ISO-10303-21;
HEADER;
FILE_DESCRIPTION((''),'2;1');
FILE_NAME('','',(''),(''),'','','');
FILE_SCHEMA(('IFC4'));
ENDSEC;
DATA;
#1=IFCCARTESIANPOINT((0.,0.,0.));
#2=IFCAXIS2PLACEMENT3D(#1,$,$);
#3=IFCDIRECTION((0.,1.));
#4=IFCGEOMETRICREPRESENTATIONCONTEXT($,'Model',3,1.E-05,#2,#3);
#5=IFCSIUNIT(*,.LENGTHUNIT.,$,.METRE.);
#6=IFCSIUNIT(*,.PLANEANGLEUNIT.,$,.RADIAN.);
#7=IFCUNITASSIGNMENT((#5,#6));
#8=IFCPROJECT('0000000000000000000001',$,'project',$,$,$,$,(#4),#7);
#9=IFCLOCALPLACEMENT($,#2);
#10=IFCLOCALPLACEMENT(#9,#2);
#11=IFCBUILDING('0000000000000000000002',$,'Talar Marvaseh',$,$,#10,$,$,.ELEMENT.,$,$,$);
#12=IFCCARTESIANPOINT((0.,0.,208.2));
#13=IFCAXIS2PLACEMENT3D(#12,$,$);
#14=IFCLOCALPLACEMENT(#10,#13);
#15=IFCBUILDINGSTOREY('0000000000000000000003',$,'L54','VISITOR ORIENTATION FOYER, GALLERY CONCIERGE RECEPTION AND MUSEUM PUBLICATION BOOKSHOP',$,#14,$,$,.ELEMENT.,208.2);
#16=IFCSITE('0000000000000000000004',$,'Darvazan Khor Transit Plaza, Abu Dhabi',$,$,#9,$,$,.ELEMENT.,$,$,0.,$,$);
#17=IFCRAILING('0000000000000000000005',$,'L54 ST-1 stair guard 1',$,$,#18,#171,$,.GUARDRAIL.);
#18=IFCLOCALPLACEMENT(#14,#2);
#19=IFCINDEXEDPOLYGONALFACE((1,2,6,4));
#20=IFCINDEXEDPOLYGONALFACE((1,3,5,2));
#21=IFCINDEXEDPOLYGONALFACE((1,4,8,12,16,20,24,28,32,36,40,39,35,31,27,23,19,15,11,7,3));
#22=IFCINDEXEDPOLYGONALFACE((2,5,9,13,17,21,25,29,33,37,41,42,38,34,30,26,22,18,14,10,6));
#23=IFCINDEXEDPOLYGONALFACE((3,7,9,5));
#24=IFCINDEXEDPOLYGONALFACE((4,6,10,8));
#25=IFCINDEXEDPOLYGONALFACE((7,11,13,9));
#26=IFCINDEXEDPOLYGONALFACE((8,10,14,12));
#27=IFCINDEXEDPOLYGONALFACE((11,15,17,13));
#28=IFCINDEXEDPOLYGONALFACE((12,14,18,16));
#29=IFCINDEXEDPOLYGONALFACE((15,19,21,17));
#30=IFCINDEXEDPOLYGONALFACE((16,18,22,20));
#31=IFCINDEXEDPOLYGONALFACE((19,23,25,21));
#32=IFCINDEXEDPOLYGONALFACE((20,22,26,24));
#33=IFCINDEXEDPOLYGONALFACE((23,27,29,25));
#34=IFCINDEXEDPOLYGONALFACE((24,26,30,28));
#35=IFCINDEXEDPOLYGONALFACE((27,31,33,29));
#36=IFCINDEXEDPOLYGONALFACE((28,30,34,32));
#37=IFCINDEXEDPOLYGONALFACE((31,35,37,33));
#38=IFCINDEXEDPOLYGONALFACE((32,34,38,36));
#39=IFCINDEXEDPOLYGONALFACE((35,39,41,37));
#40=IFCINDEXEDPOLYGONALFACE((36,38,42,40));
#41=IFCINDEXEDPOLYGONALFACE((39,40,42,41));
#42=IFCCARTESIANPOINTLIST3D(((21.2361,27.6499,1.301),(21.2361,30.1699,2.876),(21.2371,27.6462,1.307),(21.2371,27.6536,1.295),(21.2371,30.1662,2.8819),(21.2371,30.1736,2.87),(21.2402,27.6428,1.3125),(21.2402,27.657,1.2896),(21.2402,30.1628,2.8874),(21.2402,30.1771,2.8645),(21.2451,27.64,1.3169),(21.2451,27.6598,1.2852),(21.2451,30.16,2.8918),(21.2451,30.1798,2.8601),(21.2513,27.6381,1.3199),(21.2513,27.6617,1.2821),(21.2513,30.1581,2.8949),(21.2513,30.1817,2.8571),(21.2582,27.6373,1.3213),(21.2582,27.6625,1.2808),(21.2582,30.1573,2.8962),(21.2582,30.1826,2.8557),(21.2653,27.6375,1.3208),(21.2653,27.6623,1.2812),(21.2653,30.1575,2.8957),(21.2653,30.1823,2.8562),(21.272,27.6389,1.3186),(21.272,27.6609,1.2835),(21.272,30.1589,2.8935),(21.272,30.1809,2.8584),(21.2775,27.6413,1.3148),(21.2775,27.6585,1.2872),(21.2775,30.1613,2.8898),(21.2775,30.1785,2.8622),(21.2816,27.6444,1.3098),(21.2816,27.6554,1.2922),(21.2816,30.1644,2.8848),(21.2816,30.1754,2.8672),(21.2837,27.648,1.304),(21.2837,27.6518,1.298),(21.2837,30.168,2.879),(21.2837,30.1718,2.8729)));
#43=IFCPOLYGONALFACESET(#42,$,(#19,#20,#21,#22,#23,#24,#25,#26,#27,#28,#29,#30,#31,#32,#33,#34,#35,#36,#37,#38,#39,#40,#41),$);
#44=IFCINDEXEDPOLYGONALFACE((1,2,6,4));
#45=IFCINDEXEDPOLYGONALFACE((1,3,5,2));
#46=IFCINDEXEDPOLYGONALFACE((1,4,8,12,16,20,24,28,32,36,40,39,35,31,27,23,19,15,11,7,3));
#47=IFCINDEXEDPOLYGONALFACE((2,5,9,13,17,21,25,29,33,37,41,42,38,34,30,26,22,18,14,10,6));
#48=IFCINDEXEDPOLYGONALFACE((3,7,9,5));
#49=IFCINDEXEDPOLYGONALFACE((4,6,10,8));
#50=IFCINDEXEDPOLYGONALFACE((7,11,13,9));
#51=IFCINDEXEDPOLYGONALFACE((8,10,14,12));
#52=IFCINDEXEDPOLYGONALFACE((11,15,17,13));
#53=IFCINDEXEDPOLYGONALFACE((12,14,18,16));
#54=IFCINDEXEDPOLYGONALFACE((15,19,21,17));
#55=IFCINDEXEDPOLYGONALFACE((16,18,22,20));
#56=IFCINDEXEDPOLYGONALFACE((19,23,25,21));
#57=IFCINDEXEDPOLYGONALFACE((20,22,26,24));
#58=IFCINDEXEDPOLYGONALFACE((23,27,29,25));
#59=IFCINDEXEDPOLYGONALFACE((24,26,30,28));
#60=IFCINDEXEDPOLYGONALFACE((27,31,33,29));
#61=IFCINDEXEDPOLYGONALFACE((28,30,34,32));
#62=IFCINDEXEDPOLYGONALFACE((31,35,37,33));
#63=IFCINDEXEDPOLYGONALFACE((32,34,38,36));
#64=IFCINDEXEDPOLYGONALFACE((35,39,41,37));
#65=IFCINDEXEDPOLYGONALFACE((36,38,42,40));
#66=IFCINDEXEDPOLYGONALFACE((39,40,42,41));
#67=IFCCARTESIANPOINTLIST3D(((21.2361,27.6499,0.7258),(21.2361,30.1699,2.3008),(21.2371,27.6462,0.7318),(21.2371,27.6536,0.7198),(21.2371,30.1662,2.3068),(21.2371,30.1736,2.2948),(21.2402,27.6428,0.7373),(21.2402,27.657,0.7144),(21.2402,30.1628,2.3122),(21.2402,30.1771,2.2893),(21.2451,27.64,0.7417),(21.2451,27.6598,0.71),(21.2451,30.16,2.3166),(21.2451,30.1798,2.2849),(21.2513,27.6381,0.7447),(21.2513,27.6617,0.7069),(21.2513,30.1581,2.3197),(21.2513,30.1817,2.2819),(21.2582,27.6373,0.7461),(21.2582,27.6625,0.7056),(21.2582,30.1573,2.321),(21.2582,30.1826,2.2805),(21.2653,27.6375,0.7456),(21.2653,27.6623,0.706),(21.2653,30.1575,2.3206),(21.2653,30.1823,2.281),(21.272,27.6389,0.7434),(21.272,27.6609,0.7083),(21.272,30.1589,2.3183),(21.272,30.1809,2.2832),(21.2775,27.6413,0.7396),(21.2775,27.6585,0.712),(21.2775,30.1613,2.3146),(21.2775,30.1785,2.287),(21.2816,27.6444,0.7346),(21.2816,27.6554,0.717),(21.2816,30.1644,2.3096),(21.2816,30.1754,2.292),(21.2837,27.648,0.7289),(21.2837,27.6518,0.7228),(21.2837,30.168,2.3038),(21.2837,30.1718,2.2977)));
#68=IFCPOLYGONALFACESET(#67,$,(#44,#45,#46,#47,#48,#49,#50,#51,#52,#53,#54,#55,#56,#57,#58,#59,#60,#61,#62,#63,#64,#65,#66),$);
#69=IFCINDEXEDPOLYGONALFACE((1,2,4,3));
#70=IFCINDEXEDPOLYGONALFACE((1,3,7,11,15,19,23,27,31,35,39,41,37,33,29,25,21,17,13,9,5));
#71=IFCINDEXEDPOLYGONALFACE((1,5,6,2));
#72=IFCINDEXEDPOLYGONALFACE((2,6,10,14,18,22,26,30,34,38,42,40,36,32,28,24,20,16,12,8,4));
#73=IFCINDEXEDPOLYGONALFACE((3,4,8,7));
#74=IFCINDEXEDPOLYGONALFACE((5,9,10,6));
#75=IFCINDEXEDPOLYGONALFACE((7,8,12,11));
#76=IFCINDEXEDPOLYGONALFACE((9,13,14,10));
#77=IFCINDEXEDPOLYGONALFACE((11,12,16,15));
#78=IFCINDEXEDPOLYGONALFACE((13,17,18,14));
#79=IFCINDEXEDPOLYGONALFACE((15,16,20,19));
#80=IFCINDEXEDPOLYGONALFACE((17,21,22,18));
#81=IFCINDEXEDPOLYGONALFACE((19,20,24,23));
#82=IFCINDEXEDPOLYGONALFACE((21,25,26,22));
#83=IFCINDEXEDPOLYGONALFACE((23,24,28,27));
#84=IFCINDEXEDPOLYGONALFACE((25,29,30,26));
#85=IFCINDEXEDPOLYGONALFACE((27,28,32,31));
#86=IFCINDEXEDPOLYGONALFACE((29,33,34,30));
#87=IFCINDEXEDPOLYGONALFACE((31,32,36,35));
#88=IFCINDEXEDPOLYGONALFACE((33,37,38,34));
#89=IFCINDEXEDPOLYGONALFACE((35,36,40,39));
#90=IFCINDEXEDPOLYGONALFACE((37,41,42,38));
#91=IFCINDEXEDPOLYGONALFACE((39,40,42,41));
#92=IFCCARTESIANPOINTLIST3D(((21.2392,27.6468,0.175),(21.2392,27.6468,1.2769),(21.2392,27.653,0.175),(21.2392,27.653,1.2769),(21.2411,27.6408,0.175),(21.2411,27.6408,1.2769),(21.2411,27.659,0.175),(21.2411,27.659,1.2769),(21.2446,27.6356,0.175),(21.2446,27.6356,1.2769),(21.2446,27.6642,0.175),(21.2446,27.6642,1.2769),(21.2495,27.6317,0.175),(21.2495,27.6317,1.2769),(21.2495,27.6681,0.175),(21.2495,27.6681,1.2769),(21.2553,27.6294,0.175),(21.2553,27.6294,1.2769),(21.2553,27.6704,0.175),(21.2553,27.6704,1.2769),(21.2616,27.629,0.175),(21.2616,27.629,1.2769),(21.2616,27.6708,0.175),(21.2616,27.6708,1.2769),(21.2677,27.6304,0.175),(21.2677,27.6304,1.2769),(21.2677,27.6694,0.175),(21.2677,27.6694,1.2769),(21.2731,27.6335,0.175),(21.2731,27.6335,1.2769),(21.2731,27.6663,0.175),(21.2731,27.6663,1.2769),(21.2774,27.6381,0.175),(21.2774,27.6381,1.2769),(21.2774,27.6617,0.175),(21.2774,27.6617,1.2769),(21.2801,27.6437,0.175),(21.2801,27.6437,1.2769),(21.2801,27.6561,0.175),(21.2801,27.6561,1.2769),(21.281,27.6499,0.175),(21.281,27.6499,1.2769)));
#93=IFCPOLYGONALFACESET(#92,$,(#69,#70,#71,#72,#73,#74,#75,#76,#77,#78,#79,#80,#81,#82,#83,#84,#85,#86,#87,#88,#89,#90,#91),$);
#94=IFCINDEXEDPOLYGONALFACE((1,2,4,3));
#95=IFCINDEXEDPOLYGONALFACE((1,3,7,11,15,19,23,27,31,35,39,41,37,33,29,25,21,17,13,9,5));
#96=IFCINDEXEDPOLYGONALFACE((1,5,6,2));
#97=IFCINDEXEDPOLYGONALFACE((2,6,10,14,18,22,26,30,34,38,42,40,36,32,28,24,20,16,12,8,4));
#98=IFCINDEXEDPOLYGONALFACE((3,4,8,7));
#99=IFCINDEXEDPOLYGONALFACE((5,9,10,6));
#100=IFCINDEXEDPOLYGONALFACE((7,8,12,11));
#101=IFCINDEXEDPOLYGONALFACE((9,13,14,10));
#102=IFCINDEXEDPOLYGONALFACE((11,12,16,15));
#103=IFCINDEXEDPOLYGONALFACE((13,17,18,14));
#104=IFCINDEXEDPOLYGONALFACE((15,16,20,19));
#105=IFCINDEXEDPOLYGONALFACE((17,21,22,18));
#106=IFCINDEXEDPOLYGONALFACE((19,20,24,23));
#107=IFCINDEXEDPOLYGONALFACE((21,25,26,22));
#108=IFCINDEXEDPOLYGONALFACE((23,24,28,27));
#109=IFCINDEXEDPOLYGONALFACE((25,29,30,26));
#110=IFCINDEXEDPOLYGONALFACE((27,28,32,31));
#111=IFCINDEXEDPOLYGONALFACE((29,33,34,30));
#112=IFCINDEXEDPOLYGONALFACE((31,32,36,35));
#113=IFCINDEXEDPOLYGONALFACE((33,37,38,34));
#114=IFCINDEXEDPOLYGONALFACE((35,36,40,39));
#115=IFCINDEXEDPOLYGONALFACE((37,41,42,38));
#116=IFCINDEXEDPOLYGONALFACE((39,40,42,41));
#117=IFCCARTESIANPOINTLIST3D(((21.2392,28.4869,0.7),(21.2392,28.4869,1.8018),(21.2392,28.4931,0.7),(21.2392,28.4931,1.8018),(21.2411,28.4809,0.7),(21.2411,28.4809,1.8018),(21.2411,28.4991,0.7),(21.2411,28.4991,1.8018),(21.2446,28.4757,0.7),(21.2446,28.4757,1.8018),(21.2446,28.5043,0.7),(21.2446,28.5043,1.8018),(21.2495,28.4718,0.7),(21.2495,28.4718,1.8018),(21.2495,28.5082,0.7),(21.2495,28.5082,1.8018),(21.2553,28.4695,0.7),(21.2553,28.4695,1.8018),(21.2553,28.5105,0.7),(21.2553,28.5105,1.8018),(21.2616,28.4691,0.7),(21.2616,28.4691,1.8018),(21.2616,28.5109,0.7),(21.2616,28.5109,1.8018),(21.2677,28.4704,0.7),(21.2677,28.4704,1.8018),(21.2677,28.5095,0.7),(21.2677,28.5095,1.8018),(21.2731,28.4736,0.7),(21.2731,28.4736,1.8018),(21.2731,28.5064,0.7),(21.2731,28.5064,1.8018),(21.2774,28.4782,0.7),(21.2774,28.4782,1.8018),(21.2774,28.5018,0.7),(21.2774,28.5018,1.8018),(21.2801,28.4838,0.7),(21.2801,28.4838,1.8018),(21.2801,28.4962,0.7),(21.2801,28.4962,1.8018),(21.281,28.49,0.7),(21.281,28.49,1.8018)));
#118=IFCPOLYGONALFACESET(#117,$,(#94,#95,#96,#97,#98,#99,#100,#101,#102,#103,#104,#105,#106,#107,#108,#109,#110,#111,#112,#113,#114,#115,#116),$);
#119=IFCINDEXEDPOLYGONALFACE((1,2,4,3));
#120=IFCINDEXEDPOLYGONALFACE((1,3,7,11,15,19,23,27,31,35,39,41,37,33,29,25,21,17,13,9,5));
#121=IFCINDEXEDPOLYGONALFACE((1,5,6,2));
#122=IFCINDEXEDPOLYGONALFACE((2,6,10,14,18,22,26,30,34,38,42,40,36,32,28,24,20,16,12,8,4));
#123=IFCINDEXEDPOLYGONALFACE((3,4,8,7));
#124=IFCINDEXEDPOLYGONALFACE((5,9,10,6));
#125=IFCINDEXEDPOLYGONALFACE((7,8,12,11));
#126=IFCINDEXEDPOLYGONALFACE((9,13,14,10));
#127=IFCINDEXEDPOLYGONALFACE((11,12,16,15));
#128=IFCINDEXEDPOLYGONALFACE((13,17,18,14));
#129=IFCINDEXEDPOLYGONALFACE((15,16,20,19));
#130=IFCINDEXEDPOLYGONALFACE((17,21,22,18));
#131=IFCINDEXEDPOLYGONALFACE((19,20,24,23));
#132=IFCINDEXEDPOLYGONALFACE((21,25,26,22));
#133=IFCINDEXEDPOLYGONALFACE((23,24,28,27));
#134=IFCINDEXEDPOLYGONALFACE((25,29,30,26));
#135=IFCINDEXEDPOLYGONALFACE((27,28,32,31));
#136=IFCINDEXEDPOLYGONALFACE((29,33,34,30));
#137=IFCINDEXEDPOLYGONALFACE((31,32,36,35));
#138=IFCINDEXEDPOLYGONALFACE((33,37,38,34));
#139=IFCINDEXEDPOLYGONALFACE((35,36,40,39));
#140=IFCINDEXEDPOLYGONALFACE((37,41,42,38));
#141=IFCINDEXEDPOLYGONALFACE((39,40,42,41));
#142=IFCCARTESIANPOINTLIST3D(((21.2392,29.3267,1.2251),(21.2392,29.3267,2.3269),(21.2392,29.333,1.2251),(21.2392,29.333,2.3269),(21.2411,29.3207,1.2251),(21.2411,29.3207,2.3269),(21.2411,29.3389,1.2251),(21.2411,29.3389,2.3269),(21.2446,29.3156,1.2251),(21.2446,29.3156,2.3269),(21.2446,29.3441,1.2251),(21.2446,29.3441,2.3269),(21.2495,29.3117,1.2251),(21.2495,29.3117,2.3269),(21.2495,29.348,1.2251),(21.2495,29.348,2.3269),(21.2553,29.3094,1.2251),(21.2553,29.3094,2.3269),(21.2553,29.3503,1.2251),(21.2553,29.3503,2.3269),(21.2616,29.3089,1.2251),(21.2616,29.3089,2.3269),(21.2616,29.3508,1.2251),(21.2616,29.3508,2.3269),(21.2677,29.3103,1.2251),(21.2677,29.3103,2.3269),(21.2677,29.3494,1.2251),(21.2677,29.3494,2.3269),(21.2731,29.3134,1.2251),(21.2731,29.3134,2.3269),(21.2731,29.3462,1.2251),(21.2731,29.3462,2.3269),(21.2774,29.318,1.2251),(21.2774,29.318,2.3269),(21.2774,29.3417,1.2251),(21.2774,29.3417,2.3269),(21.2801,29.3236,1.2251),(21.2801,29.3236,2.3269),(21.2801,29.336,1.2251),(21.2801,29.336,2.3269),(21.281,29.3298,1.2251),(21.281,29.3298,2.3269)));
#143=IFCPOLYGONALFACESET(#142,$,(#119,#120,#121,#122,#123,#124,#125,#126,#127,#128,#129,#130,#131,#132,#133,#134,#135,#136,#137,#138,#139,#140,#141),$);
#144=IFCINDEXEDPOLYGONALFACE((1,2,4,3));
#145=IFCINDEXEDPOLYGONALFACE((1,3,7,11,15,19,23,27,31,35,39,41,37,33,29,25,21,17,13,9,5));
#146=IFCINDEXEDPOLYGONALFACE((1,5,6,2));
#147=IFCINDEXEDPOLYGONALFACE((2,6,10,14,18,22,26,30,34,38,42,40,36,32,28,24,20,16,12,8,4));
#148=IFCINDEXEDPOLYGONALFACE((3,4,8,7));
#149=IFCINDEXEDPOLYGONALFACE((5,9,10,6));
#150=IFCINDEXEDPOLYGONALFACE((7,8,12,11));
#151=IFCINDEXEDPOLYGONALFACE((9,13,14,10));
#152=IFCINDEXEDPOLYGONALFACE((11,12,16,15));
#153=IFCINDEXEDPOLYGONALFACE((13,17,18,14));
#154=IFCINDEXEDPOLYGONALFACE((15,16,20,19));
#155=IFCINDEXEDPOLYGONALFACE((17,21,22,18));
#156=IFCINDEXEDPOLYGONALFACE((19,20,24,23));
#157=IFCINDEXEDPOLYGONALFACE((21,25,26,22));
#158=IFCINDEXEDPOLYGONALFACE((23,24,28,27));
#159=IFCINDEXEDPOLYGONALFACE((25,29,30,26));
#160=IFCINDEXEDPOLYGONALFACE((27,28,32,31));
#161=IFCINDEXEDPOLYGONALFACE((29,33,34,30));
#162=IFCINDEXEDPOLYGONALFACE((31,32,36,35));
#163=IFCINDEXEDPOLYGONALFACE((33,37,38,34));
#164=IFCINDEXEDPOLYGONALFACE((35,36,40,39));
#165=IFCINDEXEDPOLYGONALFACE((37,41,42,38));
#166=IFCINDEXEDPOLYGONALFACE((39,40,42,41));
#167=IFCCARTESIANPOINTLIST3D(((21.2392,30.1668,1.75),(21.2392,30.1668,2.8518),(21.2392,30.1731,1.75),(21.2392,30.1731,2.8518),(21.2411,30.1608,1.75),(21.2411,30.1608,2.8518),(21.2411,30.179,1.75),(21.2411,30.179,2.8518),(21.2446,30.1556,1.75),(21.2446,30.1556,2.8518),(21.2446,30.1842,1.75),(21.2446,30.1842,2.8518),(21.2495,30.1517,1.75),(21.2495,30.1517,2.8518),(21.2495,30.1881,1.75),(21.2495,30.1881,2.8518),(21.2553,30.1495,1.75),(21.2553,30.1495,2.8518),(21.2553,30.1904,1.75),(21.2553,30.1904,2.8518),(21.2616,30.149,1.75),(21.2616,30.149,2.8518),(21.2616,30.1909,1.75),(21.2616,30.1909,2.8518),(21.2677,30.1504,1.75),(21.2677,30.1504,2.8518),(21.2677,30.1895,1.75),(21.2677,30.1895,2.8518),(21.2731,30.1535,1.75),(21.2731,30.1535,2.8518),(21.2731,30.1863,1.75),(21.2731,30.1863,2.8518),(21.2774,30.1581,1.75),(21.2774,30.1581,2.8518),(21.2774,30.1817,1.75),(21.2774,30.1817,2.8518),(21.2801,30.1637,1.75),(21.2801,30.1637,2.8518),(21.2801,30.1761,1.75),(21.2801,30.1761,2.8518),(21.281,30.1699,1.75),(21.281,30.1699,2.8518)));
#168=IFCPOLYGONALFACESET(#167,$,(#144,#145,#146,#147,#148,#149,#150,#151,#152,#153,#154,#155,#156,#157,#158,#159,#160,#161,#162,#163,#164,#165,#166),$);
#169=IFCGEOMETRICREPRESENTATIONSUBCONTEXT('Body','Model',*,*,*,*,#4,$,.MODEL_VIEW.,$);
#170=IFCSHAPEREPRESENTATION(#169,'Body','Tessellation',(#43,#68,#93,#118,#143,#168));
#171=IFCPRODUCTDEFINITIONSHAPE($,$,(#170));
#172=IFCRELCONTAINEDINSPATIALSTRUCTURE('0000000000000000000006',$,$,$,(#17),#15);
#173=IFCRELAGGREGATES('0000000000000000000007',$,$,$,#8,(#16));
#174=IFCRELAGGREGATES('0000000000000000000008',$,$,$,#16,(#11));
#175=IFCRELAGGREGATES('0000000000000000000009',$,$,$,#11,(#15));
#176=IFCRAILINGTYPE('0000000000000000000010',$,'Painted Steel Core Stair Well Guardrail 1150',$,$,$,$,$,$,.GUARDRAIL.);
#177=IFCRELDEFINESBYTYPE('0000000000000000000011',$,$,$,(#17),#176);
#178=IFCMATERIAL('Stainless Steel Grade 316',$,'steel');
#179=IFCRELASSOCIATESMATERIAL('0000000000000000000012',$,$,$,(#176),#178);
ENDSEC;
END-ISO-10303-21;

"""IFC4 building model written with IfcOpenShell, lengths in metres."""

from ifc_helpers import new_model, si_unit, direction, frame, origin, origin_2d, place, context, subcontext, project, spatial, circle, extrude, material, type_object, element, save


model = new_model("IFC4")

# Units and contexts
model_context = context("Model", 3, precision=1e-05, world=origin(), true_north=direction((0.0, 1.0)))
body_context = subcontext(model_context, "Body", "Model", "MODEL_VIEW")
ifc_project = project(units=[si_unit("LENGTHUNIT", "METRE"), si_unit("PLANEANGLEUNIT", "RADIAN")], contexts=[model_context])

# Site, building, storey
site_placement = place(None, origin())
site = spatial("IfcSite", under=ifc_project, at=site_placement, Name="Darvazan Khor Transit Plaza, Abu Dhabi", CompositionType="ELEMENT", RefElevation=0.0)
building_placement = place(site_placement, origin())
building = spatial("IfcBuilding", under=site, at=building_placement, Name="Talar Marvaseh", CompositionType="ELEMENT")
storey_placement = place(building_placement, frame((0.0, 0.0, 208.2)))
storey = spatial("IfcBuildingStorey", under=building, at=storey_placement, Name="L54", Description="VISITOR ORIENTATION FOYER, GALLERY CONCIERGE RECEPTION AND MUSEUM PUBLICATION BOOKSHOP", CompositionType="ELEMENT", Elevation=208.2)

# Railing
ifc_material_1 = material(Name="Stainless Steel Grade 316", Category="steel")
railing_type_1 = type_object("IfcRailingType", Name="Painted Steel Core Stair Well Guardrail 1150", PredefinedType="GUARDRAIL", material=ifc_material_1)
railing_1_placement = place(storey_placement, frame((21.26, 27.6499, 0.175)))
element("IfcRailing", 1, at=railing_1_placement, inside=storey, type_object=railing_type_1, Name="L54 ST-1 stair guard 1", PredefinedType="GUARDRAIL", context=body_context, shape_type="SweptSolid", body=[
    extrude(circle(Radius=0.0239, at=origin_2d()), frame((0.0, 0.0, 1.126), z_axis=(0.0, 0.848008, 0.529984), x_axis=(-1.0, 0.0, 0.0)), (0.0, 0.0, 1.0), 2.9717),
    extrude(circle(Radius=0.0239, at=origin_2d()), frame((0.0, 0.0, 0.5508), z_axis=(0.0, 0.848008, 0.529984), x_axis=(-1.0, 0.0, 0.0)), (0.0, 0.0, 1.0), 2.9717),
    extrude(circle(Radius=0.021, at=origin_2d()), origin(), (0.0, 0.0, 1.0), 1.1018),
    extrude(circle(Radius=0.021, at=origin_2d()), frame((0.0, 0.8401, 0.5249)), (0.0, 0.0, 1.0), 1.1018),
    extrude(circle(Radius=0.021, at=origin_2d()), frame((0.0, 1.6799, 1.05)), (0.0, 0.0, 1.0), 1.1018),
    extrude(circle(Radius=0.021, at=origin_2d()), frame((0.0, 2.52, 1.575)), (0.0, 0.0, 1.0), 1.1018),
])

save(model, "model.ifc")
